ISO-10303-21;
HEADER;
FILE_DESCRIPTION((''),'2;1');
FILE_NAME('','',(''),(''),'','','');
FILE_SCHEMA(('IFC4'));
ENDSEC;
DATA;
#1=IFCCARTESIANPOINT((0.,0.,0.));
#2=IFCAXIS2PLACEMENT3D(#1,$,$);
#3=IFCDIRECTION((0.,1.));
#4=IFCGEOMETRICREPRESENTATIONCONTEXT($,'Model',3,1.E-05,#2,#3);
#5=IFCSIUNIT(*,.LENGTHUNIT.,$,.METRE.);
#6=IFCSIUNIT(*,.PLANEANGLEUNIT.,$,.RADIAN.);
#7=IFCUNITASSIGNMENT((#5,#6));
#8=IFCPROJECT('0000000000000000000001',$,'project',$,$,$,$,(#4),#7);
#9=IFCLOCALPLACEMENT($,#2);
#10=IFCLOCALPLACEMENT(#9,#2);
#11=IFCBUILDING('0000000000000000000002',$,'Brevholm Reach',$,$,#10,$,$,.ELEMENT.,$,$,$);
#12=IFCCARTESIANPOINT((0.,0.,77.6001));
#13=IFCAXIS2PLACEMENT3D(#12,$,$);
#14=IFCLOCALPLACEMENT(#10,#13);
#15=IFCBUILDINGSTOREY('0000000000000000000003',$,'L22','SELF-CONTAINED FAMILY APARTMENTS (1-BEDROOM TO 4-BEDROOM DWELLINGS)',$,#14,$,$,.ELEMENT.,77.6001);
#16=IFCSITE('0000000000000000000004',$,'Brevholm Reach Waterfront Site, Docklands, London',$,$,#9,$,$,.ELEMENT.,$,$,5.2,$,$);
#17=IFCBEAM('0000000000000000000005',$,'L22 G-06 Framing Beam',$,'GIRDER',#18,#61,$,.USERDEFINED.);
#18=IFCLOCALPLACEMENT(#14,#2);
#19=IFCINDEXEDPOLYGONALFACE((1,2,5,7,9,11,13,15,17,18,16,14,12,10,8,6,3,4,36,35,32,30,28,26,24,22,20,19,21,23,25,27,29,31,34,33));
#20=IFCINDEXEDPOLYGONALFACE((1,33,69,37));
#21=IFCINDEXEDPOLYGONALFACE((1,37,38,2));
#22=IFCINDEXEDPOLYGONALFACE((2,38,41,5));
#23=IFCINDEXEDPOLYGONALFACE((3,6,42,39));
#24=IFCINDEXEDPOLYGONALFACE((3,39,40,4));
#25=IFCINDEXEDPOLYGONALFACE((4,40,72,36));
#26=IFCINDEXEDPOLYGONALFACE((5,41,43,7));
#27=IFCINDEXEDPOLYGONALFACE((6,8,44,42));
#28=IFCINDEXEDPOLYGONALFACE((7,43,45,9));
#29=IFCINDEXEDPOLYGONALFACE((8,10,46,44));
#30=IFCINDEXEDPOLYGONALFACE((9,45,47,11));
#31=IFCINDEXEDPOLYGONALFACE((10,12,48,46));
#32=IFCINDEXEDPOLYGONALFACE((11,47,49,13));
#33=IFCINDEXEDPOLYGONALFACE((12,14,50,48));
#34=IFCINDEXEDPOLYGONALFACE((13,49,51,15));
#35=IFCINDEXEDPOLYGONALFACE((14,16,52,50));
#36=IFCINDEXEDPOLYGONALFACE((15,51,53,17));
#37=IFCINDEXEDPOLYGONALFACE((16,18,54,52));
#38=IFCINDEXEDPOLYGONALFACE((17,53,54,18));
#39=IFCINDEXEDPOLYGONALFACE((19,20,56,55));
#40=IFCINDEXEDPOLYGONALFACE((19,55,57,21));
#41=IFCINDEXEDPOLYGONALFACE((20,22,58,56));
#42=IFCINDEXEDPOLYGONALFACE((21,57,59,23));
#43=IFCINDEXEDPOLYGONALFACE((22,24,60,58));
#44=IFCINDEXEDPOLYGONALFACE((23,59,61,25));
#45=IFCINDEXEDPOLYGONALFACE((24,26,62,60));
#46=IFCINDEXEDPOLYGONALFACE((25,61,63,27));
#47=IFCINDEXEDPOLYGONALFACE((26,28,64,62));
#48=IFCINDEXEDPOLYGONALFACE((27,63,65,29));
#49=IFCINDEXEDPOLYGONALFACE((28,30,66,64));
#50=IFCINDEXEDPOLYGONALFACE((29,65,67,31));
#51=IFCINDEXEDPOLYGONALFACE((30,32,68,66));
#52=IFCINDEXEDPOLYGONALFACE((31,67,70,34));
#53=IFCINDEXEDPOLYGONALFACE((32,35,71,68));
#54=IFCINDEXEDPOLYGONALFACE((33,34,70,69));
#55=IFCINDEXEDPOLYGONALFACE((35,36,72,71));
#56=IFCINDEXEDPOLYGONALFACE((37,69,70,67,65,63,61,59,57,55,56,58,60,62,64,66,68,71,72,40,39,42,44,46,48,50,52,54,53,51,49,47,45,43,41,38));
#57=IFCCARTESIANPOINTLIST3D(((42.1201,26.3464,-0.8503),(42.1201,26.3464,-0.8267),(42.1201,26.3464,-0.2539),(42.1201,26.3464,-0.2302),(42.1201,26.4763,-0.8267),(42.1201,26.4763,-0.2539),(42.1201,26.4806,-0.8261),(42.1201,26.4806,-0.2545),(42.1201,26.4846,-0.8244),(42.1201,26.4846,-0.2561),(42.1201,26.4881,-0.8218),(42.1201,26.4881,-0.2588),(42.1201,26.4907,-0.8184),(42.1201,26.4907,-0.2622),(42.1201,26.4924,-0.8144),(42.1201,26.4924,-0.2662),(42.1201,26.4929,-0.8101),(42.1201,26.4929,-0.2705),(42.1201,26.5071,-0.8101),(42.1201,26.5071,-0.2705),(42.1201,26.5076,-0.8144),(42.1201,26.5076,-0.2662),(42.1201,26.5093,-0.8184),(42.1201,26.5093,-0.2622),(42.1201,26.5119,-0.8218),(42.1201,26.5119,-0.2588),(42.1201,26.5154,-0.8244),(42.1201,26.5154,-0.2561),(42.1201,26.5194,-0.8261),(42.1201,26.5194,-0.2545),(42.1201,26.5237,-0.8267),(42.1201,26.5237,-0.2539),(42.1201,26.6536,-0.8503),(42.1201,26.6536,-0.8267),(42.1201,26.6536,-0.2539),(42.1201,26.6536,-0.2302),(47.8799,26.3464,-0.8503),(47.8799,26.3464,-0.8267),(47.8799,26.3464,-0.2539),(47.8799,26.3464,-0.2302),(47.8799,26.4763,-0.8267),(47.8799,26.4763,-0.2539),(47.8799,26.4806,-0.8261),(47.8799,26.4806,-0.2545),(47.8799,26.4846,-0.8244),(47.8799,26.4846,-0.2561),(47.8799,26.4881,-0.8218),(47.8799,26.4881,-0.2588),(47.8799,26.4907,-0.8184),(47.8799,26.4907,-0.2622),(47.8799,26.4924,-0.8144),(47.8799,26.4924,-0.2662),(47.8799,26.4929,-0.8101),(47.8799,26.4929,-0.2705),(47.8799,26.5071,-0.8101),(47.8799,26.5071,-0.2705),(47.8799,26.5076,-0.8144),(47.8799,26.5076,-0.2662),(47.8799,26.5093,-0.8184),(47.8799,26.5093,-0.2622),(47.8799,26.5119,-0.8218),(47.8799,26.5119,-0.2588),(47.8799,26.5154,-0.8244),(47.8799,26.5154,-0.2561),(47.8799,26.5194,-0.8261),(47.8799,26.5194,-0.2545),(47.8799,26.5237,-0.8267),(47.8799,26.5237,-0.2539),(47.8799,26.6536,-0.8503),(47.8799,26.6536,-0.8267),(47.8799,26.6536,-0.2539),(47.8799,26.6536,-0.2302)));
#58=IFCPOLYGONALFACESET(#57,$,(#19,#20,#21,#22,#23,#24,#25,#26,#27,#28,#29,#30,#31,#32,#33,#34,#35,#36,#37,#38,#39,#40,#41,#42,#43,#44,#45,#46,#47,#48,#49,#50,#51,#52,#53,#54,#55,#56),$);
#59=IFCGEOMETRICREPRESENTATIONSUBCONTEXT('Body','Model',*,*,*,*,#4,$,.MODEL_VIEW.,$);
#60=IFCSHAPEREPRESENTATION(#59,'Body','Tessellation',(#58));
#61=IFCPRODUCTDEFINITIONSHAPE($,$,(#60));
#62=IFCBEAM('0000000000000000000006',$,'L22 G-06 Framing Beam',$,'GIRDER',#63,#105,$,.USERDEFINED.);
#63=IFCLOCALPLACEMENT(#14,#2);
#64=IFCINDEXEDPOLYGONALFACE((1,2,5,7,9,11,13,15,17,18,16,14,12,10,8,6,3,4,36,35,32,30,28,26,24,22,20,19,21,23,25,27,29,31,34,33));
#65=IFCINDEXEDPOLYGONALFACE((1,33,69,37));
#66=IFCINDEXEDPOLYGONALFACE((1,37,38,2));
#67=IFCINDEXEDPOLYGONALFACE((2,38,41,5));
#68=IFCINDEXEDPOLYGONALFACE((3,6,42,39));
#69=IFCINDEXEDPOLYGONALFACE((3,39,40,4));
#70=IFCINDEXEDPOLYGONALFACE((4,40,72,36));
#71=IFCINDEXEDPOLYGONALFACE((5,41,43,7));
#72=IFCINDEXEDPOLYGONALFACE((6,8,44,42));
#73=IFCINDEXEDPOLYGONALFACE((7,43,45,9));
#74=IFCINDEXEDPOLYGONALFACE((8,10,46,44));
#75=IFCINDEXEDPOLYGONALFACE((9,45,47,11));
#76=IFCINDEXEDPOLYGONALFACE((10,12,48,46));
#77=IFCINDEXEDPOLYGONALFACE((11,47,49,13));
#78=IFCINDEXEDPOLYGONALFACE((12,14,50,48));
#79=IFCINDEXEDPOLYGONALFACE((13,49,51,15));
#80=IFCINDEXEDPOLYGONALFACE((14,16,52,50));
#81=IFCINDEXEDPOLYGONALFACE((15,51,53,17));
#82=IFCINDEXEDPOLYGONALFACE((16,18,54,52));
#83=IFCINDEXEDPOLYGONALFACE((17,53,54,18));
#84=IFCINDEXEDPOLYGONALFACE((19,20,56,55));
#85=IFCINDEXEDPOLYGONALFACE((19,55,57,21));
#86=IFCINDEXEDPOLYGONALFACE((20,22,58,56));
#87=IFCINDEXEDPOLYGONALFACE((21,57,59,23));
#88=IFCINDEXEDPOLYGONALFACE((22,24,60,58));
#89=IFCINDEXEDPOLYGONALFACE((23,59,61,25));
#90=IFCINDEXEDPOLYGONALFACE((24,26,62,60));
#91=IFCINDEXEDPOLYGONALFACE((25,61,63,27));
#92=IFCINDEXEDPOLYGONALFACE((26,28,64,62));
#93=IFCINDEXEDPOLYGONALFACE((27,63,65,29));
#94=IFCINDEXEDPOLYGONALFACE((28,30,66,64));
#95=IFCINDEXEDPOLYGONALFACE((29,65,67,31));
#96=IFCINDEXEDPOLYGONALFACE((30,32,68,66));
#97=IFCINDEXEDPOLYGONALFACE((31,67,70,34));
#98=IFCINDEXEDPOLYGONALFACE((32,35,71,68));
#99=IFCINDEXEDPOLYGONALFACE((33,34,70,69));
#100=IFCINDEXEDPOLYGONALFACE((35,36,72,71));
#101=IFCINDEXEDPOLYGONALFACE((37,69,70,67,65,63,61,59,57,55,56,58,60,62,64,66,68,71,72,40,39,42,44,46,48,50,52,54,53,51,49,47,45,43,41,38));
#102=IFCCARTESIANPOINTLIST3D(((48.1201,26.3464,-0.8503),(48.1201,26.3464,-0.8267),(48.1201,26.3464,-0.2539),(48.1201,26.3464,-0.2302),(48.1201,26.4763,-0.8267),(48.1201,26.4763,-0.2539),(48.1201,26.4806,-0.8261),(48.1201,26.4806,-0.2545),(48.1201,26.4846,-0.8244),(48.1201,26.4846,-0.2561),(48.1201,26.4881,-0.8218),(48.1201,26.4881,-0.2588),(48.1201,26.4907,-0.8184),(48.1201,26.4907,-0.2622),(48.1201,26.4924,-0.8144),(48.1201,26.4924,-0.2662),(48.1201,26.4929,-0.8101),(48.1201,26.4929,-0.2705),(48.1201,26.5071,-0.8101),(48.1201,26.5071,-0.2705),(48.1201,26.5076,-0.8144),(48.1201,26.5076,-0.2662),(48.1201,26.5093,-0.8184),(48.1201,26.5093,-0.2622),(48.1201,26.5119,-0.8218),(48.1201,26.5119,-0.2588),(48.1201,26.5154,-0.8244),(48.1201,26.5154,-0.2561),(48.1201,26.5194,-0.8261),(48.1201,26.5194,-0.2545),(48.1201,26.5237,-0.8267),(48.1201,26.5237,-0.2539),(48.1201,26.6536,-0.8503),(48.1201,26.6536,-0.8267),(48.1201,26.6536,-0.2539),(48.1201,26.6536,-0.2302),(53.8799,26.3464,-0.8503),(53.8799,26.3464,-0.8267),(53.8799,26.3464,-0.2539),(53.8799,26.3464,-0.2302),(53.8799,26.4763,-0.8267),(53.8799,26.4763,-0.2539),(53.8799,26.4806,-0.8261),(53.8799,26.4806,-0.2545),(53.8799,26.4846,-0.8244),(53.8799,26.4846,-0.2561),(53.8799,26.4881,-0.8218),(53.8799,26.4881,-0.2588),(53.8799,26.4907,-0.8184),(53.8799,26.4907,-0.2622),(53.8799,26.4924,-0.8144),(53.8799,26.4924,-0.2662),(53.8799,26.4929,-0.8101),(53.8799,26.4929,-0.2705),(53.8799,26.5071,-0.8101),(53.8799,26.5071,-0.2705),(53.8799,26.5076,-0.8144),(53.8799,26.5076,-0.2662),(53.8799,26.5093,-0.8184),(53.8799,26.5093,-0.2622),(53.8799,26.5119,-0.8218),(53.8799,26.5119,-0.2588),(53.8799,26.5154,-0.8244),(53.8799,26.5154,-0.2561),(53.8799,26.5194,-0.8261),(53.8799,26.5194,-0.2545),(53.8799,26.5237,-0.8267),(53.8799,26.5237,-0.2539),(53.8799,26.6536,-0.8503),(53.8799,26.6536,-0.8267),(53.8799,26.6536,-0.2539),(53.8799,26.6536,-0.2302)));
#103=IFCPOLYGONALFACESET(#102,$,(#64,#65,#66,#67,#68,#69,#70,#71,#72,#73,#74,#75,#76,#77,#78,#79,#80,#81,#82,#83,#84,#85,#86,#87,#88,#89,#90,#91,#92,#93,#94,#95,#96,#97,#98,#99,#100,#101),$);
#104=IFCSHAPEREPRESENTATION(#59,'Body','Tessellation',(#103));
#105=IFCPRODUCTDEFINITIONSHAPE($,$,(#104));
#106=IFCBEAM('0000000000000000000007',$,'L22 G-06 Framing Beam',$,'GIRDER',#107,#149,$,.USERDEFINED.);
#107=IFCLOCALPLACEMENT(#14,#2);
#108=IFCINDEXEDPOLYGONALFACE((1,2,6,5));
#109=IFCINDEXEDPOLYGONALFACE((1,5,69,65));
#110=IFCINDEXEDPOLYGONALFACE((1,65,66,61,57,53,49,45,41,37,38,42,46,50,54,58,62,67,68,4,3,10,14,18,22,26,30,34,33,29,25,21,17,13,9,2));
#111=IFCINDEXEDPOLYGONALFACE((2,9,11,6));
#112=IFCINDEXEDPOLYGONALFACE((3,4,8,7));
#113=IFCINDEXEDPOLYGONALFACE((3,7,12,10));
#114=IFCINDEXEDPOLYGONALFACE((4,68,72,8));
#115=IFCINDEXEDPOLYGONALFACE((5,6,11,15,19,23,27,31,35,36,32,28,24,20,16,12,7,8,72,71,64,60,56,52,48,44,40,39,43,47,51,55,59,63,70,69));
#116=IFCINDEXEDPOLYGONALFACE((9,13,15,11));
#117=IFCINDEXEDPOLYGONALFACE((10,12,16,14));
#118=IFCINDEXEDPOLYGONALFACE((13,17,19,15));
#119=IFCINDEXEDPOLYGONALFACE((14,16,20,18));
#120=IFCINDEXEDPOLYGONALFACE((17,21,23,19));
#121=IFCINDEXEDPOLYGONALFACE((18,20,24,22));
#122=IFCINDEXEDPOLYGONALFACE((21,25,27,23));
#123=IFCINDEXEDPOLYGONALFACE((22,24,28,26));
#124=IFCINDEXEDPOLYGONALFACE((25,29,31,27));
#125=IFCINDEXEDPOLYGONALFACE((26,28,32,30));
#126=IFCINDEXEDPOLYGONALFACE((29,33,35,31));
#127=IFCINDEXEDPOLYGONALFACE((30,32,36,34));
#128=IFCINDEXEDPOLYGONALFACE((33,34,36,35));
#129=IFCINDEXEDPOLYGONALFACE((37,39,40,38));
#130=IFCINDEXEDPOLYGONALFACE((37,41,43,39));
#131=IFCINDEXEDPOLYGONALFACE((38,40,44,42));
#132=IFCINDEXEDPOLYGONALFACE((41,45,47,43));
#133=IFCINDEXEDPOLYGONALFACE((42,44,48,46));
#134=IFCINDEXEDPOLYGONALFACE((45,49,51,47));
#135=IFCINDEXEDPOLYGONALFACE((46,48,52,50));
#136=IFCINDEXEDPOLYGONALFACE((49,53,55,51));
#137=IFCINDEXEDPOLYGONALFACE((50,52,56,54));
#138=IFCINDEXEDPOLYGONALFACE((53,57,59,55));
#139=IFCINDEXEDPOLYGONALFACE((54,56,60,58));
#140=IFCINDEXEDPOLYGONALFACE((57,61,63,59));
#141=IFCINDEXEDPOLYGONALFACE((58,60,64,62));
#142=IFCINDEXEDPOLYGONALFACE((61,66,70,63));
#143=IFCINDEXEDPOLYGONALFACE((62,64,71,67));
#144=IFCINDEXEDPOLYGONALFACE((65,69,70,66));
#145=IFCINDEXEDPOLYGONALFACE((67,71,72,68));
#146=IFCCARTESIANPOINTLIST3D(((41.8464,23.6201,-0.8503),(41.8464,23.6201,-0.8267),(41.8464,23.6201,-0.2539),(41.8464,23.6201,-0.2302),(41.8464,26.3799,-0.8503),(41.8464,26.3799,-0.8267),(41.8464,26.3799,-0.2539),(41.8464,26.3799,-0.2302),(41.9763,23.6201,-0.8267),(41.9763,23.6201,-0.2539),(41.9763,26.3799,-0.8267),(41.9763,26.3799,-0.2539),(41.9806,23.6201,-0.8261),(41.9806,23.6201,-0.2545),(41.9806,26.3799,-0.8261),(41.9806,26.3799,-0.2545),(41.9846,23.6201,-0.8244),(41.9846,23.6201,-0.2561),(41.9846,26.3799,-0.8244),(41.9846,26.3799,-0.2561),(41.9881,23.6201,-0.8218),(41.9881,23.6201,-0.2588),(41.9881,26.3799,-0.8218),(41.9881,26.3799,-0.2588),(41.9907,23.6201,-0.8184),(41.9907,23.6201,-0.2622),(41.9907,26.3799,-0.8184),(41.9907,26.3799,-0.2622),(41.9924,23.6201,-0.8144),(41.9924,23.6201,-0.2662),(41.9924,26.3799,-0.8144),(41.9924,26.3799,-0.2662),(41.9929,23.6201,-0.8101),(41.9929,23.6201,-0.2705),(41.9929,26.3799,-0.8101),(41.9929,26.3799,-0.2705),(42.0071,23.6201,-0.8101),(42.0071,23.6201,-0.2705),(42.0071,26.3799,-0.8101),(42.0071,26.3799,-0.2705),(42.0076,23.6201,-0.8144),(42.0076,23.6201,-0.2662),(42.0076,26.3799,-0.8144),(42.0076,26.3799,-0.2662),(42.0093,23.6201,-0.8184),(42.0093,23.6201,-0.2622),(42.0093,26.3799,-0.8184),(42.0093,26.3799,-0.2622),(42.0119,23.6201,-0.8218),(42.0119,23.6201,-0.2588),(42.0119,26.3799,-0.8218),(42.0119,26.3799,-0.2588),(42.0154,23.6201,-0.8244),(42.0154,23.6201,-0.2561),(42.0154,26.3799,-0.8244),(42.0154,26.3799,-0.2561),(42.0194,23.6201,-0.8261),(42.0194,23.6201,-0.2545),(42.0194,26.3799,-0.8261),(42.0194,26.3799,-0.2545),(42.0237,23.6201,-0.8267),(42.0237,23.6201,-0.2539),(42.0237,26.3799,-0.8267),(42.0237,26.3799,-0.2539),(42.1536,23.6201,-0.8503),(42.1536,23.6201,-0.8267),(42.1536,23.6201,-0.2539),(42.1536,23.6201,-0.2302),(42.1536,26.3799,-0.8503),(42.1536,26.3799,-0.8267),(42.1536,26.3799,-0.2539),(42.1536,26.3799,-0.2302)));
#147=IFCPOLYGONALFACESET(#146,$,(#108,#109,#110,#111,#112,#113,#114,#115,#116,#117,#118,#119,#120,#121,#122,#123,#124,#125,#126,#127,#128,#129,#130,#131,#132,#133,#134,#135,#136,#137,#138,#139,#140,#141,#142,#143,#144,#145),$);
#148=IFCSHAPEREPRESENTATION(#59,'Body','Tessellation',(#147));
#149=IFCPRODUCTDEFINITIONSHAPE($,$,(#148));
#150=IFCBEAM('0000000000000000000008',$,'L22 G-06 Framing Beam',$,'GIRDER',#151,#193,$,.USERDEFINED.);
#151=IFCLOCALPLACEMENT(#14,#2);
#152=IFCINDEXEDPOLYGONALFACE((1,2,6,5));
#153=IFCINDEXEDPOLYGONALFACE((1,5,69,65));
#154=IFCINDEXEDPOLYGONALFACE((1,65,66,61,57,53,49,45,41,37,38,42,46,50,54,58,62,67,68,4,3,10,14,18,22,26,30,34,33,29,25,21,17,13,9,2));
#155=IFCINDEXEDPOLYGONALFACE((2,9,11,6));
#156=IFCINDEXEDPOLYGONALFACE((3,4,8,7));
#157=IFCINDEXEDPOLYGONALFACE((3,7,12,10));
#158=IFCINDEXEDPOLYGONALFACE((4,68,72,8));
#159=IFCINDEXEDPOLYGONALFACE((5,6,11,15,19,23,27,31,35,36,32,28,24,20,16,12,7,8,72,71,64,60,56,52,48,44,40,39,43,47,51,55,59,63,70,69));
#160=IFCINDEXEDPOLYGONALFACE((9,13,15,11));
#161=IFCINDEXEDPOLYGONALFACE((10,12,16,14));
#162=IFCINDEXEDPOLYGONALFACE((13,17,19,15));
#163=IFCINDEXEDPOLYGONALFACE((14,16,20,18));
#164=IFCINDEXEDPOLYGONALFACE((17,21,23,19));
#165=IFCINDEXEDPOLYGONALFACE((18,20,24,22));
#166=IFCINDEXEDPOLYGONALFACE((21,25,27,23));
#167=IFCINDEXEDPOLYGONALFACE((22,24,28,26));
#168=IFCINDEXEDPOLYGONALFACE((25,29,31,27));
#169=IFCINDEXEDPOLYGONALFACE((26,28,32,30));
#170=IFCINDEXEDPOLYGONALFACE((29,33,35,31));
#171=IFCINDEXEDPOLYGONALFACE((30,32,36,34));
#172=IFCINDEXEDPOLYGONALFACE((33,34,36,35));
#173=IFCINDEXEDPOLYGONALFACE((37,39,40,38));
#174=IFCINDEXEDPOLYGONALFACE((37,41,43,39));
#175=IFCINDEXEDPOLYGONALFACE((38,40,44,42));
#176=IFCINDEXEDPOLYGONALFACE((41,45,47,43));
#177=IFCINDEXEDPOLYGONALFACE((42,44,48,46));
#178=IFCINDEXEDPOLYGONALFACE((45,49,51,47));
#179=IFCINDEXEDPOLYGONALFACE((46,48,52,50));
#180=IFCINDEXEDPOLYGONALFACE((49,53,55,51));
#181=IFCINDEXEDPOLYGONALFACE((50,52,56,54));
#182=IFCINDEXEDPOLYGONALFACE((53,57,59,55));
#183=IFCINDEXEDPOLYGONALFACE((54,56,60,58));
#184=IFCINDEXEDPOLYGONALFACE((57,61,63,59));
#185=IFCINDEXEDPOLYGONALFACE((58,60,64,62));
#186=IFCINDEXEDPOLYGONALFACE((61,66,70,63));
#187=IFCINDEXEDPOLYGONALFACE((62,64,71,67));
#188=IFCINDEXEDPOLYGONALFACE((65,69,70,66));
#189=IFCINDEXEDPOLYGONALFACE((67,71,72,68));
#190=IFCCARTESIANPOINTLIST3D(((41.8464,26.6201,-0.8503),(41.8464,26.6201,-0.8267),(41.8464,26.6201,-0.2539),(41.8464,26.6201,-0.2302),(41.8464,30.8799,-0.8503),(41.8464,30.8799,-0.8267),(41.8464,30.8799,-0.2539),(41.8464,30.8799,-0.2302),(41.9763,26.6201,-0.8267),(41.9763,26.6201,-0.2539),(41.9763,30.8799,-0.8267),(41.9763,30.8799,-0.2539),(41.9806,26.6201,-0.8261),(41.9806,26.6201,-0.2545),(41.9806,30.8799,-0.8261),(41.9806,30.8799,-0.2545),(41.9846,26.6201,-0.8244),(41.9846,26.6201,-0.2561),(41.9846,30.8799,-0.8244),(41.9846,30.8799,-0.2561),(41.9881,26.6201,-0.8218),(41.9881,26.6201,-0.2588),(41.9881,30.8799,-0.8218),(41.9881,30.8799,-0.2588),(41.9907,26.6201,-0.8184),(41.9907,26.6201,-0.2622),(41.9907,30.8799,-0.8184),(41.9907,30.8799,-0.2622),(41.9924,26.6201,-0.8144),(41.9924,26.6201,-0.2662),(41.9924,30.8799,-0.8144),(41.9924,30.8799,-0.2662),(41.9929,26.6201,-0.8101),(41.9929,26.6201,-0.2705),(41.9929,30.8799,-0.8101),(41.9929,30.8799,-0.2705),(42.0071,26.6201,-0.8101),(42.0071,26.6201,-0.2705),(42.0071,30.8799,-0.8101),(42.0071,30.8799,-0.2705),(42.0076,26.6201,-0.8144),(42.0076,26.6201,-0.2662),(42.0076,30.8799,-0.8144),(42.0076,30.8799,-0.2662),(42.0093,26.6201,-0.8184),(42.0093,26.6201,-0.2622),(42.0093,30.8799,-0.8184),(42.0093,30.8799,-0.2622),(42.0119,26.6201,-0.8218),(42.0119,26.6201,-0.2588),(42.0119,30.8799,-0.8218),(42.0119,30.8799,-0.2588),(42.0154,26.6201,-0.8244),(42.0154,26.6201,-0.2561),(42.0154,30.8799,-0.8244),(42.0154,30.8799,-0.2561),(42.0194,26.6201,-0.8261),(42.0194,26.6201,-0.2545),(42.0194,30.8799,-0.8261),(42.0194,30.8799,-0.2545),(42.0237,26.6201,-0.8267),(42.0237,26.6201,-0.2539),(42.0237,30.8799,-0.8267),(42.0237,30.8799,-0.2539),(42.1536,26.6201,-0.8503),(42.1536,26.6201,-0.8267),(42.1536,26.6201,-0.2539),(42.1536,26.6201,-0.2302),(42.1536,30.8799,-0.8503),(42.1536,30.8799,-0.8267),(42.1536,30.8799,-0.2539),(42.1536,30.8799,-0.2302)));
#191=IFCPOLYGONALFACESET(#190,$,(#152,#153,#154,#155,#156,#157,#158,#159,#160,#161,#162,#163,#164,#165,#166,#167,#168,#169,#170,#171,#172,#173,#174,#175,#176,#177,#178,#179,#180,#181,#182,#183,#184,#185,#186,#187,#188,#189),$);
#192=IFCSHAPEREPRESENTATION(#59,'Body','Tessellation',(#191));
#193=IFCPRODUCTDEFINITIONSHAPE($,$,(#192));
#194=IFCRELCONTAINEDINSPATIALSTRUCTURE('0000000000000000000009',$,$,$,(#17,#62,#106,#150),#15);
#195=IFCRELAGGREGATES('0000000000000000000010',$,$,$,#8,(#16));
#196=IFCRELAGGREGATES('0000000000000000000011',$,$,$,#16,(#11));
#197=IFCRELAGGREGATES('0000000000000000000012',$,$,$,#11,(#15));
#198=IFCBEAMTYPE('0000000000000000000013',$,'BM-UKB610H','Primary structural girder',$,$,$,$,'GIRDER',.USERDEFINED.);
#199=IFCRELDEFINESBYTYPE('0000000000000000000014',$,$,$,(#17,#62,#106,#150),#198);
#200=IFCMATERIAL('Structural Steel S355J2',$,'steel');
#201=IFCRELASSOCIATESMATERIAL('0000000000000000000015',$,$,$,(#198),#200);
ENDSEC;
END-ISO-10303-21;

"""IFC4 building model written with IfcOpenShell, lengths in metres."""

from ifc_helpers import new_model, si_unit, direction, frame, origin, origin_2d, place, context, subcontext, project, spatial, i_section, extrude, material, material_profile, profile_set, type_object, element, save


model = new_model("IFC4")

# Units and contexts
model_context = context("Model", 3, precision=1e-05, world=origin(), true_north=direction((0.0, 1.0)))
body_context = subcontext(model_context, "Body", "Model", "MODEL_VIEW")
ifc_project = project(units=[si_unit("LENGTHUNIT", "METRE"), si_unit("PLANEANGLEUNIT", "RADIAN")], contexts=[model_context])

# Site, building, storey
site_placement = place(None, origin())
site = spatial("IfcSite", under=ifc_project, at=site_placement, Name="Brevholm Reach Waterfront Site, Docklands, London", CompositionType="ELEMENT", RefElevation=5.2)
building_placement = place(site_placement, origin())
building = spatial("IfcBuilding", under=site, at=building_placement, Name="Brevholm Reach", CompositionType="ELEMENT")
storey_placement = place(building_placement, frame((0.0, 0.0, 77.6001)))
storey = spatial("IfcBuildingStorey", under=building, at=storey_placement, Name="L22", Description="SELF-CONTAINED FAMILY APARTMENTS (1-BEDROOM TO 4-BEDROOM DWELLINGS)", CompositionType="ELEMENT", Elevation=77.6001)

# Beams
ifc_material_1 = material(Name="Structural Steel S355J2", Category="steel")
ifc_material_profile_1 = material_profile(ifc_material_1, i_section(OverallWidth=0.3071, OverallDepth=0.6201, WebThickness=0.0142, FlangeThickness=0.0237, FilletRadius=0.0166, at=origin_2d()), Name="UKB 610x305x179")
ifc_profile_set_1 = profile_set([ifc_material_profile_1], Name="Structural Steel S355J2")
beam_type_1 = type_object("IfcBeamType", Name="BM-UKB610H", Description="Primary structural girder", ElementType="GIRDER", PredefinedType="USERDEFINED", material=ifc_profile_set_1)
for number, where, z_axis, x_axis, name in (
    (1, (42.1201, 26.5, -0.5403), (1.0, 0.0, 0.0), (0.0, 1.0, 0.0), "L22 G-06 Framing Beam"),
    (2, (48.1201, 26.5, -0.5403), (1.0, 0.0, 0.0), (0.0, 1.0, 0.0), "L22 G-06 Framing Beam"),
):
    element("IfcBeam", number, at=place(storey_placement, frame(where, z_axis=z_axis, x_axis=x_axis)), inside=storey, type_object=beam_type_1, Name=name, ObjectType="GIRDER", PredefinedType="USERDEFINED", context=body_context, shape_type="SweptSolid", body=[
        extrude(i_section(OverallWidth=0.3071, OverallDepth=0.6201, WebThickness=0.0142, FlangeThickness=0.0237, FilletRadius=0.0166, at=origin_2d()), origin(), (0.0, 0.0, 1.0), 5.7598),
    ])
beam_1_placement = place(storey_placement, frame((42.0, 23.6201, -0.5403), z_axis=(0.0, 1.0, 0.0), x_axis=(-1.0, 0.0, 0.0)))
element("IfcBeam", 3, at=beam_1_placement, inside=storey, type_object=beam_type_1, Name="L22 G-06 Framing Beam", ObjectType="GIRDER", PredefinedType="USERDEFINED", context=body_context, shape_type="SweptSolid", body=[
    extrude(i_section(OverallWidth=0.3071, OverallDepth=0.6201, WebThickness=0.0142, FlangeThickness=0.0237, FilletRadius=0.0166, at=origin_2d()), origin(), (0.0, 0.0, 1.0), 2.7598),
])
beam_2_placement = place(storey_placement, frame((42.0, 26.6201, -0.5403), z_axis=(0.0, 1.0, 0.0), x_axis=(-1.0, 0.0, 0.0)))
element("IfcBeam", 4, at=beam_2_placement, inside=storey, type_object=beam_type_1, Name="L22 G-06 Framing Beam", ObjectType="GIRDER", PredefinedType="USERDEFINED", context=body_context, shape_type="SweptSolid", body=[
    extrude(i_section(OverallWidth=0.3071, OverallDepth=0.6201, WebThickness=0.0142, FlangeThickness=0.0237, FilletRadius=0.0166, at=origin_2d()), origin(), (0.0, 0.0, 1.0), 4.2598),
])

save(model, "model.ifc")
